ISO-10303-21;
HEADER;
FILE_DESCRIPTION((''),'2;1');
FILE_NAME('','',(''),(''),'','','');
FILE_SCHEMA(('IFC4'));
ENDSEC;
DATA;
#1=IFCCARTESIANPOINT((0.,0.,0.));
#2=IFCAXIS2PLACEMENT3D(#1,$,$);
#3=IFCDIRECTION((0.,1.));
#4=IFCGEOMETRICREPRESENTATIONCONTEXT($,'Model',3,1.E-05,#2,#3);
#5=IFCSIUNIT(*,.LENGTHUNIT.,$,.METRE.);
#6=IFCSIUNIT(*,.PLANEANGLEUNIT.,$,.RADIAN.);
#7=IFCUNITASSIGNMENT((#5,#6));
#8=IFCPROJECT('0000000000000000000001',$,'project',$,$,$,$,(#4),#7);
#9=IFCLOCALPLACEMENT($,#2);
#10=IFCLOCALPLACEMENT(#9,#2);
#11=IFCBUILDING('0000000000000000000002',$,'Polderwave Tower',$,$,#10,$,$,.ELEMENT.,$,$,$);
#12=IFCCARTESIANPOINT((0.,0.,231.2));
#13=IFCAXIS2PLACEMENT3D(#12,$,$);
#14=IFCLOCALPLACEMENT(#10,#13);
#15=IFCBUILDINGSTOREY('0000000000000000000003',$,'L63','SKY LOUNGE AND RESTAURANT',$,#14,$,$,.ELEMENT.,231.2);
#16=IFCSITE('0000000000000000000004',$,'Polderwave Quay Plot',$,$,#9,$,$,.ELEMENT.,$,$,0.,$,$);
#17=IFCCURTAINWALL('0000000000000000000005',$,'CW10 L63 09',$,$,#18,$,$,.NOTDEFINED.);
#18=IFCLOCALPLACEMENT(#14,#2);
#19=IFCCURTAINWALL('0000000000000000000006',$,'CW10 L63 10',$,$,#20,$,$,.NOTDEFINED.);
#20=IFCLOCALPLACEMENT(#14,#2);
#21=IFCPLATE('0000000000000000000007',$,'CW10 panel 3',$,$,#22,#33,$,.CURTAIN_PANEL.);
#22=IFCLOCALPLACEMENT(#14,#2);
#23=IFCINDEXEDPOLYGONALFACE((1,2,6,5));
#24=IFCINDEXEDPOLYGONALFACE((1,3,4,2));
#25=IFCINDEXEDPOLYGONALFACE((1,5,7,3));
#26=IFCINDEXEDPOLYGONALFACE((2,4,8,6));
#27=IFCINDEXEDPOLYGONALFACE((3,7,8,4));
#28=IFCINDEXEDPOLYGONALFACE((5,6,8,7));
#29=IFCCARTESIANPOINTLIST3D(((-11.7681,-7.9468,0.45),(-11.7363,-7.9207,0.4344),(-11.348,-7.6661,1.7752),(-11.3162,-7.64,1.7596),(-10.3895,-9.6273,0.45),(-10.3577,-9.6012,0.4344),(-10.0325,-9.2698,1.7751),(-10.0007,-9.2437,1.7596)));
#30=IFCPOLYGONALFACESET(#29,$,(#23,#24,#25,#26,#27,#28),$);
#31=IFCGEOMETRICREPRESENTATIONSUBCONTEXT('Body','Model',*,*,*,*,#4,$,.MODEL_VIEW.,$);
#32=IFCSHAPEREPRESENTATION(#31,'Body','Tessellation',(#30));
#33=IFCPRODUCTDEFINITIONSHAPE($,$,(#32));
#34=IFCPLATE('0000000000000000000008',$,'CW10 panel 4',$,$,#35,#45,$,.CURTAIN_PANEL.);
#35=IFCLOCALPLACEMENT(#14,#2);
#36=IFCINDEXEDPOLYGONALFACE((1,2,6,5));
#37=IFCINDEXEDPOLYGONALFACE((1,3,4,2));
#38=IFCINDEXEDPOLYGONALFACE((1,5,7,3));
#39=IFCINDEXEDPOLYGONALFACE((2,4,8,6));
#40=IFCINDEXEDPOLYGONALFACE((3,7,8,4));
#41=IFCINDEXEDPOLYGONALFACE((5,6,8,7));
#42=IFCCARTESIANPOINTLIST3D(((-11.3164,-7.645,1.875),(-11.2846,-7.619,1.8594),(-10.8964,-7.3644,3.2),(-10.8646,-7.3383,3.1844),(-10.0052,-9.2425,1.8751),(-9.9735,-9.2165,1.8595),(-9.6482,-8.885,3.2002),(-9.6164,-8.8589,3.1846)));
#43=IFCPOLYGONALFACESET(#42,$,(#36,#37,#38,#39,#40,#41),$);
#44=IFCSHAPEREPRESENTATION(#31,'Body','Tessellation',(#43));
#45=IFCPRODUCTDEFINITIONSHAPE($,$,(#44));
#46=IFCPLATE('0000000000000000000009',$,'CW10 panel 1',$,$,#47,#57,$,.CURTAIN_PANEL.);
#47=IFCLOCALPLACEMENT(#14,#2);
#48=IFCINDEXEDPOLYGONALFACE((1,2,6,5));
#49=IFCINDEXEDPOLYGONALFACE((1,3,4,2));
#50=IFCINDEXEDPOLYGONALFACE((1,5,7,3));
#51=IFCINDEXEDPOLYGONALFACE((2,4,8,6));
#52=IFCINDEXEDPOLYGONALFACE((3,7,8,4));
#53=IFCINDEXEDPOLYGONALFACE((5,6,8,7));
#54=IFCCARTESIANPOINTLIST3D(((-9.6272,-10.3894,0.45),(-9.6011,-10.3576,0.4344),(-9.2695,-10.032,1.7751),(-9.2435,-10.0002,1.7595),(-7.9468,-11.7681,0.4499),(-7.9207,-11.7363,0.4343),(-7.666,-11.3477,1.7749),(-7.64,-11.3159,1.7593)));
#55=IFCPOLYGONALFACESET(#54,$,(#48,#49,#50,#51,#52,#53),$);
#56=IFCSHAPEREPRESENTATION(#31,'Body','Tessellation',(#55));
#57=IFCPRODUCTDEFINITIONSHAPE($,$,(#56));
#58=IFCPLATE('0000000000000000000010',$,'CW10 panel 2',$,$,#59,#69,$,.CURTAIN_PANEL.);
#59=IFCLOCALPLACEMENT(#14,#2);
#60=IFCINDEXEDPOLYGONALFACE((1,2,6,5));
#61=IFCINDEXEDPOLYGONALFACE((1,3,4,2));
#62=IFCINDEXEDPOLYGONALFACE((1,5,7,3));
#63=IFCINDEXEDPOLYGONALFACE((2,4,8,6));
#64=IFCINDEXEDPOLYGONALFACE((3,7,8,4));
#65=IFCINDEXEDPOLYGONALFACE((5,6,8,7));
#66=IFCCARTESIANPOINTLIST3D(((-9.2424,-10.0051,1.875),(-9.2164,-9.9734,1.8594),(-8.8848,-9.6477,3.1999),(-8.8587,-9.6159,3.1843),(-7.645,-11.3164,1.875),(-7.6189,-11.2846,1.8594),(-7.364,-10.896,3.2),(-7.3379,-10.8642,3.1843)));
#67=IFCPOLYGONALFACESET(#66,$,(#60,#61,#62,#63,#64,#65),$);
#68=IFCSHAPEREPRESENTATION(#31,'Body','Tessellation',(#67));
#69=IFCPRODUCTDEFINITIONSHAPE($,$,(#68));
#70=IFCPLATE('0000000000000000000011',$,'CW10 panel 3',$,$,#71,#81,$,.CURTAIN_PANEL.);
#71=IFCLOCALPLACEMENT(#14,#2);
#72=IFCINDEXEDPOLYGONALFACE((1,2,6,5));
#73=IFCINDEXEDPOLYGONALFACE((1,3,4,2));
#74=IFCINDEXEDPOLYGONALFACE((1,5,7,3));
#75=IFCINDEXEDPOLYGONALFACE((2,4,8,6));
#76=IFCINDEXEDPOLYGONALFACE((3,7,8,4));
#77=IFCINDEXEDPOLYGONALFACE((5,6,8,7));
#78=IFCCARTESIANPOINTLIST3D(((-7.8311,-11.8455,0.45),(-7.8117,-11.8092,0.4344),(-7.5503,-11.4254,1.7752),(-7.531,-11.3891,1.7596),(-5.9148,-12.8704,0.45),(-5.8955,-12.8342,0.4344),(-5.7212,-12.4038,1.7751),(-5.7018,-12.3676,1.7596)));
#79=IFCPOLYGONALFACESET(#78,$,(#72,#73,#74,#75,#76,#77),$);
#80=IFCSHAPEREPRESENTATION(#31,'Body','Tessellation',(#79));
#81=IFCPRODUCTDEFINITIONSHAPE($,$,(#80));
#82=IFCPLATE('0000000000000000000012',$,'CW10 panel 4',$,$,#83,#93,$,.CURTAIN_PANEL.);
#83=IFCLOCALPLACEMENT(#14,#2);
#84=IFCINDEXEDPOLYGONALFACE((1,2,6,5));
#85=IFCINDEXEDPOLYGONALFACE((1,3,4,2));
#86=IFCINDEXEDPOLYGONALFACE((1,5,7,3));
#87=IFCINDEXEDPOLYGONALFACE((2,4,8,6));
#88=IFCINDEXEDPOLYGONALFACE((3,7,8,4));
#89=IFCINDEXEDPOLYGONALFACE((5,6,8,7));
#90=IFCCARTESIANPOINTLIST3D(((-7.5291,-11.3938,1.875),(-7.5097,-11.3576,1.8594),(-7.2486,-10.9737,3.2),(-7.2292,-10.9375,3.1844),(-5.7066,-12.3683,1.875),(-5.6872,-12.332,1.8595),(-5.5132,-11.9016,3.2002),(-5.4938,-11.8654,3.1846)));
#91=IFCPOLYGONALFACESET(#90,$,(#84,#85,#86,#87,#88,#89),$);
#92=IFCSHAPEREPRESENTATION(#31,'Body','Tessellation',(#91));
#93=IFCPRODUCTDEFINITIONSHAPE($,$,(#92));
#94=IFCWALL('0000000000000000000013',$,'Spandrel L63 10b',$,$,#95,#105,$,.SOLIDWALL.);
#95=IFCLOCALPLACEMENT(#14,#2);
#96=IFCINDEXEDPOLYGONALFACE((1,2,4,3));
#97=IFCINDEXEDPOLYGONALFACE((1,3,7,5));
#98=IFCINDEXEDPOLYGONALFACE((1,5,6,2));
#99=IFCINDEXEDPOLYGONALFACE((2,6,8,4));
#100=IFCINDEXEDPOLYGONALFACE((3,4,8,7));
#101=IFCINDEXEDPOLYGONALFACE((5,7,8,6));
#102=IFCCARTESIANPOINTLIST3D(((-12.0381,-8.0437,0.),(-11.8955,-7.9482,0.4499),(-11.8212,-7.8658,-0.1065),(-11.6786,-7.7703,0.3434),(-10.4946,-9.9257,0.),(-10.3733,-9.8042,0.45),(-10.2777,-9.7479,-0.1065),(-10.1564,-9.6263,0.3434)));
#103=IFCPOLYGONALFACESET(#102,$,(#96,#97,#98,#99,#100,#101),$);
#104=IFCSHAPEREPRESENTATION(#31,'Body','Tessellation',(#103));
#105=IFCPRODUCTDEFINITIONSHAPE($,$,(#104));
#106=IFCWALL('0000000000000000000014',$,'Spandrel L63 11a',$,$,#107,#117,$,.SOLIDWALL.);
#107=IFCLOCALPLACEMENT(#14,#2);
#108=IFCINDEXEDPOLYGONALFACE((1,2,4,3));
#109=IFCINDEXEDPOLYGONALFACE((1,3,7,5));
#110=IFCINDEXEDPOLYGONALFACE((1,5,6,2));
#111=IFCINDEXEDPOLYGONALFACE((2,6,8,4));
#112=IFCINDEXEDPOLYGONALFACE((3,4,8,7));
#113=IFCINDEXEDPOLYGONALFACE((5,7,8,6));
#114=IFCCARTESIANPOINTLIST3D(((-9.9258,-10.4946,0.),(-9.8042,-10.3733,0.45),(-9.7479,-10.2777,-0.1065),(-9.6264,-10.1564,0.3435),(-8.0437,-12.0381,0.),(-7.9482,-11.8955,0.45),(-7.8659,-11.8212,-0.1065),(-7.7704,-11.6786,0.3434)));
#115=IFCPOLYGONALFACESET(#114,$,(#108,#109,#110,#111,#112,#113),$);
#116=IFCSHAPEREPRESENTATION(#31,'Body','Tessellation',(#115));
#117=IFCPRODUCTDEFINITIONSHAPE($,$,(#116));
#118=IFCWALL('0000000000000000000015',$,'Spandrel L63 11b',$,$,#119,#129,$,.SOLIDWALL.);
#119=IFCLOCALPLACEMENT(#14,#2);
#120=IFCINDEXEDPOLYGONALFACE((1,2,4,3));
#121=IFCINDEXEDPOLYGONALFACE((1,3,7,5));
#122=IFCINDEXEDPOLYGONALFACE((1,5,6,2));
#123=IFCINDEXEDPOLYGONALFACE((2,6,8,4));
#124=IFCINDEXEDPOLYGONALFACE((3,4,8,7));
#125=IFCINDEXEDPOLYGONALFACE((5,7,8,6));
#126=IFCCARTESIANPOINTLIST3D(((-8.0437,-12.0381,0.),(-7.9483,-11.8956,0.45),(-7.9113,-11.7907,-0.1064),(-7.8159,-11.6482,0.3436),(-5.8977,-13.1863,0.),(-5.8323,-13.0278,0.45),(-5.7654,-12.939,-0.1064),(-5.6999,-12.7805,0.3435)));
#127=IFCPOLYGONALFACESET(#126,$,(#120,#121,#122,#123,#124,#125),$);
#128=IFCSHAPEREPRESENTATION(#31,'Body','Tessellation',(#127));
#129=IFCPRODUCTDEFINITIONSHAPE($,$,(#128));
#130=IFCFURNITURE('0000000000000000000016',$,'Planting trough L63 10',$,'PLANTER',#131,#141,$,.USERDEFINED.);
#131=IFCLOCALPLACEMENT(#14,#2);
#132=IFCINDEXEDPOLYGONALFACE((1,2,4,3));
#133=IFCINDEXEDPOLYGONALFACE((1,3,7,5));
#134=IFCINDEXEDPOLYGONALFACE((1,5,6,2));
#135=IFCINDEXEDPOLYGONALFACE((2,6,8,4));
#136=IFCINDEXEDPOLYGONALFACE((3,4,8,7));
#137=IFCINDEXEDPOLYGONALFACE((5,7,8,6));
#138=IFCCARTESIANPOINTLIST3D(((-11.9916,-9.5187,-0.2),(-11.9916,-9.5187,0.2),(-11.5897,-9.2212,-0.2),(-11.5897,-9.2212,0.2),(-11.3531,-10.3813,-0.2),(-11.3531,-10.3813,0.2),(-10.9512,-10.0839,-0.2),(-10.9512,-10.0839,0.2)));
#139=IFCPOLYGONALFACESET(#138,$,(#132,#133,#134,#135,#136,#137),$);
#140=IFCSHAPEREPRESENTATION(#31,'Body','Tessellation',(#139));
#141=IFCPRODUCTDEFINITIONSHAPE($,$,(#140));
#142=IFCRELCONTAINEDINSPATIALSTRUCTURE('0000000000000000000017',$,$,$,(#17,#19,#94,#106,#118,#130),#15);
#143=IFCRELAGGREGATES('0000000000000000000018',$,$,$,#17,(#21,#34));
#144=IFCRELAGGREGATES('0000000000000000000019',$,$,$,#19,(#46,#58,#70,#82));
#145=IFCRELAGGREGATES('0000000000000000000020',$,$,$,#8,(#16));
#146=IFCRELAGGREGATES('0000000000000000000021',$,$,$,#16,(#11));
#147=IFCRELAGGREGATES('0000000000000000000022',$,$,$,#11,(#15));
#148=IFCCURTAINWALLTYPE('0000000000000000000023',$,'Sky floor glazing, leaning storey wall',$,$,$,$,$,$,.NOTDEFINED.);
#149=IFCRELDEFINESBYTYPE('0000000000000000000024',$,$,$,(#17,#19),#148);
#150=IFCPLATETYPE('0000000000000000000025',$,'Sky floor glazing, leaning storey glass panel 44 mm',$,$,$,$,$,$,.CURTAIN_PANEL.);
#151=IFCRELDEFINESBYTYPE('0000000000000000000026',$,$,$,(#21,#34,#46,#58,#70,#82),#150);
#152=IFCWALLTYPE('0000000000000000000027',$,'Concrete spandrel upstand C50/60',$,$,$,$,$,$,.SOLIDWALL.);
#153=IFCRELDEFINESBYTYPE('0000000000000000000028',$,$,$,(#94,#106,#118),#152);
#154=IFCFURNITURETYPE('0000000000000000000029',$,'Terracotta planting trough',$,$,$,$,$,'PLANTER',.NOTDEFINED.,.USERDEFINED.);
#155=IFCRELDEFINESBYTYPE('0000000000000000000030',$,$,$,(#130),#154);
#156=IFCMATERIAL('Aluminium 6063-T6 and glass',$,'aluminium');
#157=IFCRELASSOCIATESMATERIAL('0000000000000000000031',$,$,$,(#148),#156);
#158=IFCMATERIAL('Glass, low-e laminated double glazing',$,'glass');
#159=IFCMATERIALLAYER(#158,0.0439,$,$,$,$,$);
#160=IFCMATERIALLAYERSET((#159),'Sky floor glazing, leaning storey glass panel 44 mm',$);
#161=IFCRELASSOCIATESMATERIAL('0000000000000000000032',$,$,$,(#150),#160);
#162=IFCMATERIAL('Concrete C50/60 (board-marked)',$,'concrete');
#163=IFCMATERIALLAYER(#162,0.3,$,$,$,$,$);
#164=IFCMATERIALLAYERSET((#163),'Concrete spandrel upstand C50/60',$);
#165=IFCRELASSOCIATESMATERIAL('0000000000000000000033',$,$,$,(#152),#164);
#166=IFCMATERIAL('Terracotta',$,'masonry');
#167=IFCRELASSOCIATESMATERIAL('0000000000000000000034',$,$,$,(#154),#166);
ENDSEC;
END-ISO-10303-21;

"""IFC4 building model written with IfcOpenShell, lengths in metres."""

from ifc_helpers import new_model, si_unit, direction, frame, origin, origin_2d, place, context, subcontext, project, spatial, polyline, rectangle, outline, extrude, material, layer, layer_set, type_object, element, aggregate, save


model = new_model("IFC4")

# Units and contexts
model_context = context("Model", 3, precision=1e-05, world=origin(), true_north=direction((0.0, 1.0)))
body_context = subcontext(model_context, "Body", "Model", "MODEL_VIEW")
ifc_project = project(units=[si_unit("LENGTHUNIT", "METRE"), si_unit("PLANEANGLEUNIT", "RADIAN")], contexts=[model_context])

# Site, building, storey
site_placement = place(None, origin())
site = spatial("IfcSite", under=ifc_project, at=site_placement, Name="Polderwave Quay Plot", CompositionType="ELEMENT", RefElevation=0.0)
building_placement = place(site_placement, origin())
building = spatial("IfcBuilding", under=site, at=building_placement, Name="Polderwave Tower", CompositionType="ELEMENT")
storey_placement = place(building_placement, frame((0.0, 0.0, 231.2)))
storey = spatial("IfcBuildingStorey", under=building, at=storey_placement, Name="L63", Description="SKY LOUNGE AND RESTAURANT", CompositionType="ELEMENT", Elevation=231.2)

# Curtain walls
ifc_material_1 = material(Name="Aluminium 6063-T6 and glass", Category="aluminium")
curtain_wall_type = type_object("IfcCurtainWallType", Name="Sky floor glazing, leaning storey wall", PredefinedType="NOTDEFINED", material=ifc_material_1)
curtain_wall_1_placement = place(storey_placement, origin())
curtain_wall_1 = element("IfcCurtainWall", 1, at=curtain_wall_1_placement, inside=storey, type_object=curtain_wall_type, Name="CW10 L63 09", PredefinedType="NOTDEFINED")
curtain_wall_2_placement = place(storey_placement, origin())
curtain_wall_2 = element("IfcCurtainWall", 2, at=curtain_wall_2_placement, inside=storey, type_object=curtain_wall_type, Name="CW10 L63 10", PredefinedType="NOTDEFINED")

# Plates
ifc_material_2 = material(Name="Glass, low-e laminated double glazing", Category="glass")
ifc_layer_1 = layer(ifc_material_2, 0.0439)
ifc_layer_set_1 = layer_set([ifc_layer_1], Name="Sky floor glazing, leaning storey glass panel 44 mm")
plate_type = type_object("IfcPlateType", Name="Sky floor glazing, leaning storey glass panel 44 mm", PredefinedType="CURTAIN_PANEL", material=ifc_layer_set_1)
plate_1_placement = place(storey_placement, frame((-11.7681, -7.9468, 0.45), z_axis=(-0.722866, -0.592985, 0.35473), x_axis=(0.634235, -0.77314, 0.00002)))
plate_1 = element("IfcPlate", 3, at=plate_1_placement, type_object=plate_type, Name="CW10 panel 3", PredefinedType="CURTAIN_PANEL", context=body_context, shape_type="SweptSolid", body=[
    extrude(outline(polyline([(0.0, 0.0), (2.1736, 0.0), (2.1237, 1.4173), (0.0494, 1.4174), (0.0, 0.0)])), origin(), (0.0, 0.0, -1.0), 0.0439),
])
plate_2_placement = place(storey_placement, frame((-11.3164, -7.645, 1.875), z_axis=(-0.72271, -0.593158, 0.354758), x_axis=(0.63443, -0.77298, 0.000027)))
plate_2 = element("IfcPlate", 4, at=plate_2_placement, type_object=plate_type, Name="CW10 panel 4", PredefinedType="CURTAIN_PANEL", context=body_context, shape_type="SweptSolid", body=[
    extrude(outline(polyline([(0.0, 0.0), (2.0667, 0.0), (2.0169, 1.4173), (0.0496, 1.4172), (0.0, 0.0)])), origin(), (0.0, 0.0, -1.0), 0.0439),
])
aggregate(curtain_wall_1, [plate_1, plate_2])
plate_3_placement = place(storey_placement, frame((-9.6272, -10.3894, 0.45), z_axis=(-0.592967, -0.722758, 0.354981), x_axis=(0.773107, -0.634275, -0.000001)))
plate_3 = element("IfcPlate", 5, at=plate_3_placement, type_object=plate_type, Name="CW10 panel 1", PredefinedType="CURTAIN_PANEL", context=body_context, shape_type="SweptSolid", body=[
    extrude(outline(polyline([(0.0, 0.0), (2.1736, 0.0), (2.124, 1.4173), (0.0498, 1.4175), (0.0, 0.0)])), origin(), (0.0, 0.0, -1.0), 0.0439),
])
plate_4_placement = place(storey_placement, frame((-9.2424, -10.0051, 1.875), z_axis=(-0.593137, -0.722581, 0.355057), x_axis=(0.772942, -0.634477, -0.000004)))
plate_4 = element("IfcPlate", 6, at=plate_4_placement, type_object=plate_type, Name="CW10 panel 2", PredefinedType="CURTAIN_PANEL", context=body_context, shape_type="SweptSolid", body=[
    extrude(outline(polyline([(0.0, 0.0), (2.0667, 0.0), (2.0171, 1.4173), (0.0497, 1.4173), (0.0, 0.0)])), origin(), (0.0, 0.0, -1.0), 0.0439),
])
plate_5_placement = place(storey_placement, frame((-7.8311, -11.8455, 0.45), z_axis=(-0.440991, -0.824427, 0.35475), x_axis=(0.881779, -0.471663, 0.000016)))
plate_5 = element("IfcPlate", 7, at=plate_5_placement, type_object=plate_type, Name="CW10 panel 3", PredefinedType="CURTAIN_PANEL", context=body_context, shape_type="SweptSolid", body=[
    extrude(outline(polyline([(0.0, 0.0), (2.1731, 0.0), (2.1238, 1.4173), (0.0494, 1.4174), (0.0, 0.0)])), origin(), (0.0, 0.0, -1.0), 0.0439),
])
plate_6_placement = place(storey_placement, frame((-7.5291, -11.3938, 1.875), z_axis=(-0.440877, -0.824506, 0.354707), x_axis=(0.88185, -0.47153, 0.000023)))
plate_6 = element("IfcPlate", 8, at=plate_6_placement, type_object=plate_type, Name="CW10 panel 4", PredefinedType="CURTAIN_PANEL", context=body_context, shape_type="SweptSolid", body=[
    extrude(outline(polyline([(0.0, 0.0), (2.0666, 0.0), (2.0172, 1.4173), (0.0493, 1.4171), (0.0, 0.0)])), origin(), (0.0, 0.0, -1.0), 0.0439),
])
aggregate(curtain_wall_2, [plate_3, plate_4, plate_5, plate_6])

# Walls
ifc_material_3 = material(Name="Concrete C50/60 (board-marked)", Category="concrete")
ifc_layer_2 = layer(ifc_material_3, 0.3)
ifc_layer_set_2 = layer_set([ifc_layer_2], Name="Concrete spandrel upstand C50/60")
wall_type = type_object("IfcWallType", Name="Concrete spandrel upstand C50/60", PredefinedType="SOLIDWALL", material=ifc_layer_set_2)
wall_1_placement = place(storey_placement, frame((-12.0381, -8.0437, 0.0), z_axis=(-0.722863, -0.592841, 0.354978), x_axis=(0.634137, -0.773221, -0.00001)))
element("IfcWall", 9, at=wall_1_placement, inside=storey, type_object=wall_type, Name="Spandrel L63 10b", PredefinedType="SOLIDWALL", context=body_context, shape_type="SweptSolid", body=[
    extrude(outline(polyline([(0.0, 0.0), (2.434, 0.0), (2.417, 0.4813), (0.0166, 0.4813), (0.0, 0.0)])), origin(), (0.0, 0.0, -1.0), 0.3),
])
wall_2_placement = place(storey_placement, frame((-9.9258, -10.4946, 0.0), z_axis=(-0.592841, -0.722863, 0.354978), x_axis=(0.773221, -0.634137, 0.00001)))
element("IfcWall", 10, at=wall_2_placement, inside=storey, type_object=wall_type, Name="Spandrel L63 11a", PredefinedType="SOLIDWALL", context=body_context, shape_type="SweptSolid", body=[
    extrude(outline(polyline([(0.0, 0.0), (2.434, 0.0), (2.4174, 0.4813), (0.0171, 0.4813), (0.0, 0.0)])), origin(), (0.0, 0.0, -1.0), 0.3),
])
wall_3_placement = place(storey_placement, frame((-8.0437, -12.0381, 0.0), z_axis=(-0.441127, -0.824403, 0.354637), x_axis=(0.881713, -0.471787, 0.000012)))
element("IfcWall", 11, at=wall_3_placement, inside=storey, type_object=wall_type, Name="Spandrel L63 11b", PredefinedType="SOLIDWALL", context=body_context, shape_type="SweptSolid", body=[
    extrude(outline(polyline([(0.0, 0.0), (2.4339, 0.0), (2.4168, 0.4812), (0.0169, 0.4813), (0.0, 0.0)])), origin(), (0.0, 0.0, -1.0), 0.3),
])

# Furniture
ifc_material_4 = material(Name="Terracotta", Category="masonry")
furniture_type = type_object("IfcFurnitureType", Name="Terracotta planting trough", ElementType="PLANTER", AssemblyPlace="NOTDEFINED", PredefinedType="USERDEFINED", material=ifc_material_4)
furniture_placement = place(storey_placement, frame((-11.4714, -9.8013, -0.2), z_axis=(0.0, 0.0, 1.0), x_axis=(0.594911, -0.803791, 0.0)))
element("IfcFurniture", 12, at=furniture_placement, inside=storey, type_object=furniture_type, Name="Planting trough L63 10", ObjectType="PLANTER", PredefinedType="USERDEFINED", context=body_context, shape_type="SweptSolid", body=[
    extrude(rectangle(XDim=1.0732, YDim=0.5, at=origin_2d()), origin(), (0.0, 0.0, 1.0), 0.3999),
])

save(model, "model.ifc")
